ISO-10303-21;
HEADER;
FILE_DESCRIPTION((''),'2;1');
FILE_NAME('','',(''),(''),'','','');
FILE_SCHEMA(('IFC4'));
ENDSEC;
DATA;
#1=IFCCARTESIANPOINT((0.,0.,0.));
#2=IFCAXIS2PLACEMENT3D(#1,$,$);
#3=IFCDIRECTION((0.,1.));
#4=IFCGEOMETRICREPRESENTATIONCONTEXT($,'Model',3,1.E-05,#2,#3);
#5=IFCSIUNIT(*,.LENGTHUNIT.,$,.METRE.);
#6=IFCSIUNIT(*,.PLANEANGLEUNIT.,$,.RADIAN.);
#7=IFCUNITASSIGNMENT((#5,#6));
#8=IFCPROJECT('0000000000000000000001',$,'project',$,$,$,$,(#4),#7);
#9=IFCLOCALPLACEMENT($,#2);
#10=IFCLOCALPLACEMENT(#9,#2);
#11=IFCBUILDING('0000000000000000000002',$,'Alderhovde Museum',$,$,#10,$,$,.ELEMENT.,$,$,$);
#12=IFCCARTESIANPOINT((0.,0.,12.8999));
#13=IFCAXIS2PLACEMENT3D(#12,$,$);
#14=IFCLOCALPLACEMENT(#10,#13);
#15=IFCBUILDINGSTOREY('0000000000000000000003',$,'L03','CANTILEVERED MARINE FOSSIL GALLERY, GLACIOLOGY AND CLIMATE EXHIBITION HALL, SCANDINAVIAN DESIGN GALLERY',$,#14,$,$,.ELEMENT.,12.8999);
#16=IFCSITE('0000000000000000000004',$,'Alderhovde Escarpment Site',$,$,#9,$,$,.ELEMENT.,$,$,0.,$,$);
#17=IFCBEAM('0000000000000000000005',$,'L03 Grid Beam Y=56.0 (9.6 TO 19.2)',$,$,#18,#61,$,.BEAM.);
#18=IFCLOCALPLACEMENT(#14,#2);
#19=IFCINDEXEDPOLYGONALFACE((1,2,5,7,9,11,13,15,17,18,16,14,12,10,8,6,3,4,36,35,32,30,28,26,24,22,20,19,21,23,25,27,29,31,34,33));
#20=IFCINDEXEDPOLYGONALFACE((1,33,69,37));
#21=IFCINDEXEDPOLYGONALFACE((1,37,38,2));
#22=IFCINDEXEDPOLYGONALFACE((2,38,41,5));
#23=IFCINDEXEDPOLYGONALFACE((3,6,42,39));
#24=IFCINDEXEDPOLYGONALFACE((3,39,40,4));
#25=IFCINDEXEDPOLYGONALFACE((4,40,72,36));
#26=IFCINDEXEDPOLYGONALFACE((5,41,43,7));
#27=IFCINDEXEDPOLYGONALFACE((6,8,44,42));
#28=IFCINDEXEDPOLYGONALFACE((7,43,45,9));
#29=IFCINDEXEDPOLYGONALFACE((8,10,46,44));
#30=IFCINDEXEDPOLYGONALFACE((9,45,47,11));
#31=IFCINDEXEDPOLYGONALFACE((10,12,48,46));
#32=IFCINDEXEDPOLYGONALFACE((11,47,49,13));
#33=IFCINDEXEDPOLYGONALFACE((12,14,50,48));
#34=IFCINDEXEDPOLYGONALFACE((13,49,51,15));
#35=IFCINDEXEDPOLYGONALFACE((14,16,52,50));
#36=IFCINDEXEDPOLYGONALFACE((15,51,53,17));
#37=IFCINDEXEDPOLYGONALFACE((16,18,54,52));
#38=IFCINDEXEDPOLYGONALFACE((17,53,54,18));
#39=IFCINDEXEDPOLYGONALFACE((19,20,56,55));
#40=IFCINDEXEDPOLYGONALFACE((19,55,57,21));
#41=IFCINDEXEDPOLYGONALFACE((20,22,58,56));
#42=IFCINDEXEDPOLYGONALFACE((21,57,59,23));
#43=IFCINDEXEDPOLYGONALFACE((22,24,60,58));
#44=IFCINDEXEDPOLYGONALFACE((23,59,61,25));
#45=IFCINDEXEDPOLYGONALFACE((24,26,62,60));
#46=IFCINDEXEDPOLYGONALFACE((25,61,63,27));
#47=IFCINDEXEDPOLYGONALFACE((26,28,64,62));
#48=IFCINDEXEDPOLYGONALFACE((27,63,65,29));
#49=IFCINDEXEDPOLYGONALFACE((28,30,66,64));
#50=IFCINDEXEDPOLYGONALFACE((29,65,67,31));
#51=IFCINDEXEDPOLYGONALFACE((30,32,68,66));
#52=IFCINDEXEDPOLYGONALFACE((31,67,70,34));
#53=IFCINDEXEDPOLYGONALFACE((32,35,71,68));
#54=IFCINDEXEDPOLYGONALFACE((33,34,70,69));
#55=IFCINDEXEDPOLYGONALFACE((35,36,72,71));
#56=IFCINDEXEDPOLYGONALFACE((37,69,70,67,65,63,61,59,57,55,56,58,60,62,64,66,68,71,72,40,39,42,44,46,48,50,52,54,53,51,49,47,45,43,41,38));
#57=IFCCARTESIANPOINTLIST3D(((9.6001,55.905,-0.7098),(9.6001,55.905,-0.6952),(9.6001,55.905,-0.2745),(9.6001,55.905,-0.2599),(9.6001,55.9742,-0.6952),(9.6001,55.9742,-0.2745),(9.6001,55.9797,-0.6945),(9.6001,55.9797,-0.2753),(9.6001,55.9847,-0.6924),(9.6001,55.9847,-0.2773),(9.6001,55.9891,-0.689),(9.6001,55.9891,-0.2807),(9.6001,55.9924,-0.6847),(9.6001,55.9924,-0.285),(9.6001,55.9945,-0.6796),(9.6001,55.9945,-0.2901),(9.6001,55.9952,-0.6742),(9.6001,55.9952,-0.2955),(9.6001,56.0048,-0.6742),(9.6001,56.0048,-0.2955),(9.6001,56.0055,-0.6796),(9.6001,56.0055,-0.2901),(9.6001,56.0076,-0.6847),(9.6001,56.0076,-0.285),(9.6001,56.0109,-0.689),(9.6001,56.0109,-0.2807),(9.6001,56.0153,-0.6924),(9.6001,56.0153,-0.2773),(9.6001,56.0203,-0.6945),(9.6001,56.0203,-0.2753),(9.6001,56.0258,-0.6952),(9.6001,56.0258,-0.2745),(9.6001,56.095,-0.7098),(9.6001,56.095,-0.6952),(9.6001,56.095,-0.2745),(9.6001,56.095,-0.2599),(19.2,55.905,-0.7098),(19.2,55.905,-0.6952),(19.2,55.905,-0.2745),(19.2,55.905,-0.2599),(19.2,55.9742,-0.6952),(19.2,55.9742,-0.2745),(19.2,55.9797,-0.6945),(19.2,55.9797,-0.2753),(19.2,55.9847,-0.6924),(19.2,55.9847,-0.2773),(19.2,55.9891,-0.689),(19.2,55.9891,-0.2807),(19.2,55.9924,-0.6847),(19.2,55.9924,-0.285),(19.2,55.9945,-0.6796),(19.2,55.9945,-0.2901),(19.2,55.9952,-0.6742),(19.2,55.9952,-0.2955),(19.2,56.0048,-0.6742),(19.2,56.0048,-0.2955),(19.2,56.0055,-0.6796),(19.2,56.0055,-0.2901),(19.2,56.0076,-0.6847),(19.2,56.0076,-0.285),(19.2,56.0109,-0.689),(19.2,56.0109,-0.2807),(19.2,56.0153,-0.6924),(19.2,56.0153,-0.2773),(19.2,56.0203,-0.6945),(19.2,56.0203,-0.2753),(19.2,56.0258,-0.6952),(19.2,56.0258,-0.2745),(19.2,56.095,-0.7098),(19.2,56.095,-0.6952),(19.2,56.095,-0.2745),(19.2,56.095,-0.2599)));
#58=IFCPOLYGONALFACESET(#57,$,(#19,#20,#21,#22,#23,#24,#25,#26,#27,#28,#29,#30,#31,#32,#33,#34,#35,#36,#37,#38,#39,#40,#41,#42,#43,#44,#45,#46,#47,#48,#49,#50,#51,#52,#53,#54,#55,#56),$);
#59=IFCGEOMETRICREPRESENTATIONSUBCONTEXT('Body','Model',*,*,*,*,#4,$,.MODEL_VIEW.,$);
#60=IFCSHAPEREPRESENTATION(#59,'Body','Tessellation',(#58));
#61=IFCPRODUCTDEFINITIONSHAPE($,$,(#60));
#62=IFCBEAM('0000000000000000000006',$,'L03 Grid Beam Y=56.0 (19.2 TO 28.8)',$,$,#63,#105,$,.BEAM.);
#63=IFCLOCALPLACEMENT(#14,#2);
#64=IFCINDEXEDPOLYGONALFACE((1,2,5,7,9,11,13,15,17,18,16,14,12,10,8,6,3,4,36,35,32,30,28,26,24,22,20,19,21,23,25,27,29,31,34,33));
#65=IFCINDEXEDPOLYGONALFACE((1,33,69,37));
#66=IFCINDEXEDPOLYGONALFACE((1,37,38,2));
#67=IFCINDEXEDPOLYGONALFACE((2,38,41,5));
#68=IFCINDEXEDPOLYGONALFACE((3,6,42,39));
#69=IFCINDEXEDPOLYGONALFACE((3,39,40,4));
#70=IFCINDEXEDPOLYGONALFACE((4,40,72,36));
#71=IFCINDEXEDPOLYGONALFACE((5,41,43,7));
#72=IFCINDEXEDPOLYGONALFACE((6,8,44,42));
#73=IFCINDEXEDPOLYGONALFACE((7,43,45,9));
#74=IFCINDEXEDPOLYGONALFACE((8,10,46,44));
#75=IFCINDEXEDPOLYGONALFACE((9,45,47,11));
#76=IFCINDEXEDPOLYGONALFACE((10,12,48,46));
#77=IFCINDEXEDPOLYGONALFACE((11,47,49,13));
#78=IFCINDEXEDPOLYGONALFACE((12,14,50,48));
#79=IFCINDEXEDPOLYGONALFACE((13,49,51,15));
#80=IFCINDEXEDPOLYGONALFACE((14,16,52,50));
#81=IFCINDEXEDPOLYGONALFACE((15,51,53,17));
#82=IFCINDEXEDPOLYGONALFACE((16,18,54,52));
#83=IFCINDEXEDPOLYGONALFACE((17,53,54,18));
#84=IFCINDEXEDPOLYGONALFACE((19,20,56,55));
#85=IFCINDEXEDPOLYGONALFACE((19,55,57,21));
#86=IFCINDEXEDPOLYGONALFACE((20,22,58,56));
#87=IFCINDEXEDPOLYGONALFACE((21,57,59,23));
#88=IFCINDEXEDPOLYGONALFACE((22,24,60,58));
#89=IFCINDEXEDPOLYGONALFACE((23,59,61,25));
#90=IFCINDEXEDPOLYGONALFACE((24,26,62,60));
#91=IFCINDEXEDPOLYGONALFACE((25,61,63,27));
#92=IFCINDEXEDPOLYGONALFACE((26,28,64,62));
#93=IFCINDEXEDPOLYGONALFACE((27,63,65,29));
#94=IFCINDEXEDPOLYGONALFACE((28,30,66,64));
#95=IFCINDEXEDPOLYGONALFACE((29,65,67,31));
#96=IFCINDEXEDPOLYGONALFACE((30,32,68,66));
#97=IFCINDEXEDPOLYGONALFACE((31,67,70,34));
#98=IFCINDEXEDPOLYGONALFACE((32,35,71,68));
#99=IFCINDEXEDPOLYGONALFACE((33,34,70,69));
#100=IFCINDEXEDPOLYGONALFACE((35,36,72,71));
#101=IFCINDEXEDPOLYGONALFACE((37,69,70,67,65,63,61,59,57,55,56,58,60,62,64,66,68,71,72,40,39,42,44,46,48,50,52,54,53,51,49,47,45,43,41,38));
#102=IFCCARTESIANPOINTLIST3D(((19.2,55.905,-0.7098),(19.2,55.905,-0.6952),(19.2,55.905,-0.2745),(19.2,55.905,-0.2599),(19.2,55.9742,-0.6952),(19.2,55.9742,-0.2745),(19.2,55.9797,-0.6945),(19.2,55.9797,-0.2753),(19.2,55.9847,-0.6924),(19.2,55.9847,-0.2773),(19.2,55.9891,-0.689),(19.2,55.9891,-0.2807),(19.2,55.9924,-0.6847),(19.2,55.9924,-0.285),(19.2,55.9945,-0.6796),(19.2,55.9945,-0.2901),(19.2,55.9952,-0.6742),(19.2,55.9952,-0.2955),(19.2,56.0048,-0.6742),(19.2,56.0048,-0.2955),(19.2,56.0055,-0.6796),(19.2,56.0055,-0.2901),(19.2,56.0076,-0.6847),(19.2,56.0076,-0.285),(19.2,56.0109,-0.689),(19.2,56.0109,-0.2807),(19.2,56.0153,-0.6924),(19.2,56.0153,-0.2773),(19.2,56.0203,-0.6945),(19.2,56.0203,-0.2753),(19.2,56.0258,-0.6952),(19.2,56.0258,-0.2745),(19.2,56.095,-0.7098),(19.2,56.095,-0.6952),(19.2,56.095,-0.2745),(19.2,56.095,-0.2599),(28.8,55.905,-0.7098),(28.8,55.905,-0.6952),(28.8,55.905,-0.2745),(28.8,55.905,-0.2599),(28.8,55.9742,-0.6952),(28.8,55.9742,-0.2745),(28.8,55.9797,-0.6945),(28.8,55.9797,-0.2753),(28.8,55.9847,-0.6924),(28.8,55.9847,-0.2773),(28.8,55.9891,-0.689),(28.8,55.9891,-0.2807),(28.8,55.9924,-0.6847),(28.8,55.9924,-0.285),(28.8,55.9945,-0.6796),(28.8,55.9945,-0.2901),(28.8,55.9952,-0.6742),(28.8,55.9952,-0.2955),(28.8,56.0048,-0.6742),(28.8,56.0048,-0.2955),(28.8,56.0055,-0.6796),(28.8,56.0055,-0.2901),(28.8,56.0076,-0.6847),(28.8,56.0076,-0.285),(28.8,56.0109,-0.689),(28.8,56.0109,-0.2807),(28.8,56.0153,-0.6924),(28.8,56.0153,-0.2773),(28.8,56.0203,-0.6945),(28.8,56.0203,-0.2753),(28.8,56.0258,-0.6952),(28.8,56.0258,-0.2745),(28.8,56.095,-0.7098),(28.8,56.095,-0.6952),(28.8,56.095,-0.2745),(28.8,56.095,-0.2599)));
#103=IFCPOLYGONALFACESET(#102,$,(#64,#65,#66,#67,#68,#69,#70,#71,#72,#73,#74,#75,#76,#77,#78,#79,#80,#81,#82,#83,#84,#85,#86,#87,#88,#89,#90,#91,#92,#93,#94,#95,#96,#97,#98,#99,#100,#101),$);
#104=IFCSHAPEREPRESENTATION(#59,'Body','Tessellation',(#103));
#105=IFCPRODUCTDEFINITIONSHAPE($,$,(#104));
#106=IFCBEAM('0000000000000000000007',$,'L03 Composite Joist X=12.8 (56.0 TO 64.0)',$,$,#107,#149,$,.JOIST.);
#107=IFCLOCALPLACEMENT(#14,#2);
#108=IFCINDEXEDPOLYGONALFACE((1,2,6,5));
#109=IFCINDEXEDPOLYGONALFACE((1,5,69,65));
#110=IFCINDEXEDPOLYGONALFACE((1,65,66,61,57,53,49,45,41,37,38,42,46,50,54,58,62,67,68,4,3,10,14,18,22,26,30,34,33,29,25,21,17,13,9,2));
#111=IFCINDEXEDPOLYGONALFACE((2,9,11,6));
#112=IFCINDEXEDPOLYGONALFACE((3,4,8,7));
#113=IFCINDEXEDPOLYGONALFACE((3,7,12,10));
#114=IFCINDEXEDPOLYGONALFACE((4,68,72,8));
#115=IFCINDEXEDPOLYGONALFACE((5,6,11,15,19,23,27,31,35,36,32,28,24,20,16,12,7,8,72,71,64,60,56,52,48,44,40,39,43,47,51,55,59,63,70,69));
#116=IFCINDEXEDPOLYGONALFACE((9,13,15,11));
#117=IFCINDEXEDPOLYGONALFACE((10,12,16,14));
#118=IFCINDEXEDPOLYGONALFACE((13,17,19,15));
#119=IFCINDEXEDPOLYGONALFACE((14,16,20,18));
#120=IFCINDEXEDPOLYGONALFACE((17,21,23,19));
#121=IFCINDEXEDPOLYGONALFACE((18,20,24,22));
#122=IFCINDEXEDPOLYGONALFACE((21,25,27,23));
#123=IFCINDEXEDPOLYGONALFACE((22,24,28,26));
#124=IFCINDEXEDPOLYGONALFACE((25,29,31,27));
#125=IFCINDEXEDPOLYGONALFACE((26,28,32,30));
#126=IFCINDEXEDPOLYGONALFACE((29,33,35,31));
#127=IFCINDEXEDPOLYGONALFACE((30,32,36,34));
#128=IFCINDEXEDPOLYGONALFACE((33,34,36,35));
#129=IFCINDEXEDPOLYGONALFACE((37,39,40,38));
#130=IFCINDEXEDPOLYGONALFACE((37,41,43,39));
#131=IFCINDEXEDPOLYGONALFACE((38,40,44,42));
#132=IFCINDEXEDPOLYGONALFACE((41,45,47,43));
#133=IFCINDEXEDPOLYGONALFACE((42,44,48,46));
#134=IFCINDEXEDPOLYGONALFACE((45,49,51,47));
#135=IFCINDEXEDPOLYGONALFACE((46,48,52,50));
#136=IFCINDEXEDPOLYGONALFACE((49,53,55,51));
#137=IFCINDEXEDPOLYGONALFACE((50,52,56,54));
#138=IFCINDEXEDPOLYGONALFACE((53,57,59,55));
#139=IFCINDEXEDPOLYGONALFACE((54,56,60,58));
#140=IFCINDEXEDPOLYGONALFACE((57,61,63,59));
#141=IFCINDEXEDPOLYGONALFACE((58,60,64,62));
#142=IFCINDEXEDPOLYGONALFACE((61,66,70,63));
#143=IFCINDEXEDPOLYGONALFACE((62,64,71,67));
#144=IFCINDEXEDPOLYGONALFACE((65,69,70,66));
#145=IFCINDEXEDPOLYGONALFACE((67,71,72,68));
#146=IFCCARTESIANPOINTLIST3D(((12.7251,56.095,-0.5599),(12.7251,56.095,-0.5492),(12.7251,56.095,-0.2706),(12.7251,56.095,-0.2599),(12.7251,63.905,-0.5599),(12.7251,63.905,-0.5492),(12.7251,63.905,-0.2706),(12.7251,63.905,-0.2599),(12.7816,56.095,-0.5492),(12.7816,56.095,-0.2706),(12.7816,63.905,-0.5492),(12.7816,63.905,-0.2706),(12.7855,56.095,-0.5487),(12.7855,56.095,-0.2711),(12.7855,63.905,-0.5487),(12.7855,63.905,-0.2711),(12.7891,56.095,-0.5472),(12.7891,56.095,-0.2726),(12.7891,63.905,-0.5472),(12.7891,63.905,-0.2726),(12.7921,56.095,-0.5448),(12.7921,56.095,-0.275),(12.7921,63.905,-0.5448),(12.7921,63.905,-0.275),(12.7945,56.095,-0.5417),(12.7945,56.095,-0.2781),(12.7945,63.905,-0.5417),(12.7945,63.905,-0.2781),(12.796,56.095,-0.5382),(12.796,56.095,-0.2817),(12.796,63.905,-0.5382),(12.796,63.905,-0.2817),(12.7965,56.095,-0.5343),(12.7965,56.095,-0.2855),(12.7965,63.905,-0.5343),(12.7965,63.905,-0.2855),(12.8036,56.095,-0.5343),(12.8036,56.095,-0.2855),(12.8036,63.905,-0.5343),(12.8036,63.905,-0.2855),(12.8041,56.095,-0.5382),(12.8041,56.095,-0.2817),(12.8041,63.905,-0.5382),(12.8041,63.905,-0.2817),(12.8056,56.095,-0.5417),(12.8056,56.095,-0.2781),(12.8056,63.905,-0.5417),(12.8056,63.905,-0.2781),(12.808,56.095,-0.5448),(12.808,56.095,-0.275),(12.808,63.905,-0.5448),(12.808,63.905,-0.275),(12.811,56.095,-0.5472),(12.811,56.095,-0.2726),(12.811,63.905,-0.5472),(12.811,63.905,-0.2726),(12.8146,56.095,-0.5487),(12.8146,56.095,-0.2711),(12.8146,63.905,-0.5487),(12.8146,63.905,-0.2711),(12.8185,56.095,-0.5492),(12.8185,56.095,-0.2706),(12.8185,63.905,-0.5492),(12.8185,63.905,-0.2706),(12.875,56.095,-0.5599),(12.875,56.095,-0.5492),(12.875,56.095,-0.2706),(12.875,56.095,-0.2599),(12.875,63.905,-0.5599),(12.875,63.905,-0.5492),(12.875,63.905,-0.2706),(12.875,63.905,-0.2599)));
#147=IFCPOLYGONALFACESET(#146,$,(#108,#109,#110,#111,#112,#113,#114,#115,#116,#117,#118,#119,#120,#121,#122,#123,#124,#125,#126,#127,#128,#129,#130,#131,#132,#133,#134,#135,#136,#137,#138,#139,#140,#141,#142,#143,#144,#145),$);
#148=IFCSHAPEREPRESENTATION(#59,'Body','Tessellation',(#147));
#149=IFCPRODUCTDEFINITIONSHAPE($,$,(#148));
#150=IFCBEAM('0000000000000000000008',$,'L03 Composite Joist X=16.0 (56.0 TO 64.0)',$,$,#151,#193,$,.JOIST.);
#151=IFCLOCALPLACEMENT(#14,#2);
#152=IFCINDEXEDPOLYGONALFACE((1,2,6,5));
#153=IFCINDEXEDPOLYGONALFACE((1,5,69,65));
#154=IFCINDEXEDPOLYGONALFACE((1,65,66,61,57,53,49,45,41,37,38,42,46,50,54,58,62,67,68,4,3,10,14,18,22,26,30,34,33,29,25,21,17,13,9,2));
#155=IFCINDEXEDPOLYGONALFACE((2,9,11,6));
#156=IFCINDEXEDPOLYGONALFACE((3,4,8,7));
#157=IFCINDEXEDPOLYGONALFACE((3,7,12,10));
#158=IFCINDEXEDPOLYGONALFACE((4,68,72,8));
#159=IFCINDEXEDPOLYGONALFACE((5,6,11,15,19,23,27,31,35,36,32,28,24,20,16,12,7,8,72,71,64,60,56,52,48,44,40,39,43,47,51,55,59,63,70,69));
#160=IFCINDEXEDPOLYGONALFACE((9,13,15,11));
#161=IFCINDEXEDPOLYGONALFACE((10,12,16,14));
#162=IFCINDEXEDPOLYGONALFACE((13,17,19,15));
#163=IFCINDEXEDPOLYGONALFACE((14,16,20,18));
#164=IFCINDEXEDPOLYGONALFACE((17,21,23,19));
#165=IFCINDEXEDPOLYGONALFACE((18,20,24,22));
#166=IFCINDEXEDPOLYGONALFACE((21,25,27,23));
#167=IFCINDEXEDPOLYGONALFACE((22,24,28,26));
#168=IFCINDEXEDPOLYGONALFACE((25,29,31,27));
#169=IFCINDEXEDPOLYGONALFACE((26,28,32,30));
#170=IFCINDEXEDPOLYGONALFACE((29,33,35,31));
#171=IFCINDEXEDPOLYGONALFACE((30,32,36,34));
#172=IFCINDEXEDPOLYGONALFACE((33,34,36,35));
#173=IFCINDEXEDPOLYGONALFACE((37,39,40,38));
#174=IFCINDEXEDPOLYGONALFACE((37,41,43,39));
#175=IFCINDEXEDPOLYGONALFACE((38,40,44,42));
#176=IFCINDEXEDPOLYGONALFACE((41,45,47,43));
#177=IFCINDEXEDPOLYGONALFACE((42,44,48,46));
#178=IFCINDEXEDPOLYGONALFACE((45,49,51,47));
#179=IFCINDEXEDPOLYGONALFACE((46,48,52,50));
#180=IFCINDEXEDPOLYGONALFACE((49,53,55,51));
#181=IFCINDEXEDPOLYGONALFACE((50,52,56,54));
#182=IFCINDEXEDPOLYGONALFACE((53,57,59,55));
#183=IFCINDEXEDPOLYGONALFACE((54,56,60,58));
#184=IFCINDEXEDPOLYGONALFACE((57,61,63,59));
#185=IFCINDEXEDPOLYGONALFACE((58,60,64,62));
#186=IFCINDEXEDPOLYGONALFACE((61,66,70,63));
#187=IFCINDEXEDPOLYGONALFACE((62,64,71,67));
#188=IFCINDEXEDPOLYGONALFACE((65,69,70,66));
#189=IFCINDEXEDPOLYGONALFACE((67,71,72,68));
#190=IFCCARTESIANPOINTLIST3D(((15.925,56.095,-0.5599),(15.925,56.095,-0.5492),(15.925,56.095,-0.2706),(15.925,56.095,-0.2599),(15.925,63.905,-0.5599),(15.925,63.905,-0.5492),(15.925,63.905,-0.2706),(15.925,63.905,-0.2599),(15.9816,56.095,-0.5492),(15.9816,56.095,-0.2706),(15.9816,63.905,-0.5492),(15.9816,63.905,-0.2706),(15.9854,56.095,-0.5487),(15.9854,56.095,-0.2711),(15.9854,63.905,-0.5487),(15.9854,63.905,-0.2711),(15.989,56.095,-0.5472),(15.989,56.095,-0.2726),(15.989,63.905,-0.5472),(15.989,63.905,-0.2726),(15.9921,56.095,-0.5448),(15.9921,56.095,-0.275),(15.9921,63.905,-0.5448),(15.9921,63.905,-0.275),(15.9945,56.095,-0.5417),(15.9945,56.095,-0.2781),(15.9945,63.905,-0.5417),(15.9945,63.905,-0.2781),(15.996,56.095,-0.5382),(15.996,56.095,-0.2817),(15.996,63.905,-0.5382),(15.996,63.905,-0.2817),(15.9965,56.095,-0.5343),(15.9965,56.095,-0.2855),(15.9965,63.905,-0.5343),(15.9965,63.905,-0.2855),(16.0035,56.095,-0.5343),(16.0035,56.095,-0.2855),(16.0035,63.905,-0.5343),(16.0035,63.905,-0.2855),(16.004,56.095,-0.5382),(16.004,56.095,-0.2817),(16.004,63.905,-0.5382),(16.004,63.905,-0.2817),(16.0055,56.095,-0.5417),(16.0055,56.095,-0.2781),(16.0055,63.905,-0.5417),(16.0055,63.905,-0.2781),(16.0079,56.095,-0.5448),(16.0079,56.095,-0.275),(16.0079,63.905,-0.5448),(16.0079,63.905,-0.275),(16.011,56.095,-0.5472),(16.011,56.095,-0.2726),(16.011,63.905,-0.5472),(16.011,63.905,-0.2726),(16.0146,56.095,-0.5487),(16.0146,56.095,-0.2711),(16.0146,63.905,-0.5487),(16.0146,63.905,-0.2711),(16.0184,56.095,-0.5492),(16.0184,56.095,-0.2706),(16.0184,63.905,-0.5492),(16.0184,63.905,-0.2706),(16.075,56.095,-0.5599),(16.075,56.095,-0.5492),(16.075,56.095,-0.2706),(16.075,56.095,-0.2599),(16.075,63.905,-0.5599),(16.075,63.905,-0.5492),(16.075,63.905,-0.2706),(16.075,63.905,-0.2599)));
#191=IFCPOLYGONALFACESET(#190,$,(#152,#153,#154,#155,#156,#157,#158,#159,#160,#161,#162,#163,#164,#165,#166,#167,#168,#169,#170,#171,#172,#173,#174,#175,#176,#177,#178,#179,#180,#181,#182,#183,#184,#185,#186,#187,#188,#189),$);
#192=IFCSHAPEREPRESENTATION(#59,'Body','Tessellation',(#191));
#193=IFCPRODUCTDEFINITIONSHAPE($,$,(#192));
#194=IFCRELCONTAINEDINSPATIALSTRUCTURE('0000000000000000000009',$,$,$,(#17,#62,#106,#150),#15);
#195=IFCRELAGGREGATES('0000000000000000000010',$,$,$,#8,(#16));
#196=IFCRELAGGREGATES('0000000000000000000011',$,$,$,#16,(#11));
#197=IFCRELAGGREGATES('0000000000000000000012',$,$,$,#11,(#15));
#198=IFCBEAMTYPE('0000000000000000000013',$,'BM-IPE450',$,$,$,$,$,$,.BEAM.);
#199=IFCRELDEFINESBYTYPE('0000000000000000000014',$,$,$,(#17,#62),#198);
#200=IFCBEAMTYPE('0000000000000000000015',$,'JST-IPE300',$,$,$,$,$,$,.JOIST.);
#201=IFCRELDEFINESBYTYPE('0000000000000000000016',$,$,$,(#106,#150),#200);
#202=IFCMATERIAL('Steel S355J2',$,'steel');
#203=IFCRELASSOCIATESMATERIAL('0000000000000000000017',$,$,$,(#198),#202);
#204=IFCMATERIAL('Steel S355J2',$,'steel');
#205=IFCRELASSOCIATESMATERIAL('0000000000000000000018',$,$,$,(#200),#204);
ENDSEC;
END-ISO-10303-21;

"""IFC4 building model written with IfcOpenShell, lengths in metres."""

from ifc_helpers import new_model, si_unit, direction, frame, origin, origin_2d, place, context, subcontext, project, spatial, i_section, extrude, material, material_profile, profile_set, type_object, element, save


model = new_model("IFC4")

# Units and contexts
model_context = context("Model", 3, precision=1e-05, world=origin(), true_north=direction((0.0, 1.0)))
body_context = subcontext(model_context, "Body", "Model", "MODEL_VIEW")
ifc_project = project(units=[si_unit("LENGTHUNIT", "METRE"), si_unit("PLANEANGLEUNIT", "RADIAN")], contexts=[model_context])

# Site, building, storey
site_placement = place(None, origin())
site = spatial("IfcSite", under=ifc_project, at=site_placement, Name="Alderhovde Escarpment Site", CompositionType="ELEMENT", RefElevation=0.0)
building_placement = place(site_placement, origin())
building = spatial("IfcBuilding", under=site, at=building_placement, Name="Alderhovde Museum", CompositionType="ELEMENT")
storey_placement = place(building_placement, frame((0.0, 0.0, 12.8999)))
storey = spatial("IfcBuildingStorey", under=building, at=storey_placement, Name="L03", Description="CANTILEVERED MARINE FOSSIL GALLERY, GLACIOLOGY AND CLIMATE EXHIBITION HALL, SCANDINAVIAN DESIGN GALLERY", CompositionType="ELEMENT", Elevation=12.8999)

# Beams
ifc_material_1 = material(Name="Steel S355J2", Category="steel")
ifc_material_profile_1 = material_profile(ifc_material_1, i_section(OverallWidth=0.1899, OverallDepth=0.45, WebThickness=0.0095, FlangeThickness=0.0146, FilletRadius=0.021, at=origin_2d()), Name="IPE 450")
ifc_profile_set_1 = profile_set([ifc_material_profile_1], Name="Steel S355J2")
beam_type_1 = type_object("IfcBeamType", Name="BM-IPE450", PredefinedType="BEAM", material=ifc_profile_set_1)
beam_1_placement = place(storey_placement, frame((9.6001, 56.0, -0.4849), z_axis=(1.0, 0.0, 0.0), x_axis=(0.0, 1.0, 0.0)))
element("IfcBeam", 1, at=beam_1_placement, inside=storey, type_object=beam_type_1, Name="L03 Grid Beam Y=56.0 (9.6 TO 19.2)", PredefinedType="BEAM", context=body_context, shape_type="SweptSolid", body=[
    extrude(i_section(OverallWidth=0.1899, OverallDepth=0.45, WebThickness=0.0095, FlangeThickness=0.0146, FilletRadius=0.021, at=origin_2d()), origin(), (0.0, 0.0, 1.0), 9.5999),
])
beam_2_placement = place(storey_placement, frame((19.2, 56.0, -0.4849), z_axis=(1.0, 0.0, 0.0), x_axis=(0.0, 1.0, 0.0)))
element("IfcBeam", 2, at=beam_2_placement, inside=storey, type_object=beam_type_1, Name="L03 Grid Beam Y=56.0 (19.2 TO 28.8)", PredefinedType="BEAM", context=body_context, shape_type="SweptSolid", body=[
    extrude(i_section(OverallWidth=0.1899, OverallDepth=0.45, WebThickness=0.0095, FlangeThickness=0.0146, FilletRadius=0.021, at=origin_2d()), origin(), (0.0, 0.0, 1.0), 9.6001),
])
ifc_material_2 = material(Name="Steel S355J2", Category="steel")
ifc_material_profile_2 = material_profile(ifc_material_2, i_section(OverallWidth=0.1499, OverallDepth=0.3, WebThickness=0.0071, FlangeThickness=0.0107, FilletRadius=0.0149, at=origin_2d()), Name="IPE 300")
ifc_profile_set_2 = profile_set([ifc_material_profile_2], Name="Steel S355J2")
beam_type_2 = type_object("IfcBeamType", Name="JST-IPE300", PredefinedType="JOIST", material=ifc_profile_set_2)
for number, where, z_axis, x_axis, name in (
    (3, (12.8, 56.095, -0.4099), (0.0, 1.0, 0.0), (-1.0, 0.0, 0.0), "L03 Composite Joist X=12.8 (56.0 TO 64.0)"),
    (4, (16.0, 56.095, -0.4099), (0.0, 1.0, 0.0), (-1.0, 0.0, 0.0), "L03 Composite Joist X=16.0 (56.0 TO 64.0)"),
):
    element("IfcBeam", number, at=place(storey_placement, frame(where, z_axis=z_axis, x_axis=x_axis)), inside=storey, type_object=beam_type_2, Name=name, PredefinedType="JOIST", context=body_context, shape_type="SweptSolid", body=[
        extrude(i_section(OverallWidth=0.1499, OverallDepth=0.3, WebThickness=0.0071, FlangeThickness=0.0107, FilletRadius=0.0149, at=origin_2d()), origin(), (0.0, 0.0, 1.0), 7.8101),
    ])

save(model, "model.ifc")
